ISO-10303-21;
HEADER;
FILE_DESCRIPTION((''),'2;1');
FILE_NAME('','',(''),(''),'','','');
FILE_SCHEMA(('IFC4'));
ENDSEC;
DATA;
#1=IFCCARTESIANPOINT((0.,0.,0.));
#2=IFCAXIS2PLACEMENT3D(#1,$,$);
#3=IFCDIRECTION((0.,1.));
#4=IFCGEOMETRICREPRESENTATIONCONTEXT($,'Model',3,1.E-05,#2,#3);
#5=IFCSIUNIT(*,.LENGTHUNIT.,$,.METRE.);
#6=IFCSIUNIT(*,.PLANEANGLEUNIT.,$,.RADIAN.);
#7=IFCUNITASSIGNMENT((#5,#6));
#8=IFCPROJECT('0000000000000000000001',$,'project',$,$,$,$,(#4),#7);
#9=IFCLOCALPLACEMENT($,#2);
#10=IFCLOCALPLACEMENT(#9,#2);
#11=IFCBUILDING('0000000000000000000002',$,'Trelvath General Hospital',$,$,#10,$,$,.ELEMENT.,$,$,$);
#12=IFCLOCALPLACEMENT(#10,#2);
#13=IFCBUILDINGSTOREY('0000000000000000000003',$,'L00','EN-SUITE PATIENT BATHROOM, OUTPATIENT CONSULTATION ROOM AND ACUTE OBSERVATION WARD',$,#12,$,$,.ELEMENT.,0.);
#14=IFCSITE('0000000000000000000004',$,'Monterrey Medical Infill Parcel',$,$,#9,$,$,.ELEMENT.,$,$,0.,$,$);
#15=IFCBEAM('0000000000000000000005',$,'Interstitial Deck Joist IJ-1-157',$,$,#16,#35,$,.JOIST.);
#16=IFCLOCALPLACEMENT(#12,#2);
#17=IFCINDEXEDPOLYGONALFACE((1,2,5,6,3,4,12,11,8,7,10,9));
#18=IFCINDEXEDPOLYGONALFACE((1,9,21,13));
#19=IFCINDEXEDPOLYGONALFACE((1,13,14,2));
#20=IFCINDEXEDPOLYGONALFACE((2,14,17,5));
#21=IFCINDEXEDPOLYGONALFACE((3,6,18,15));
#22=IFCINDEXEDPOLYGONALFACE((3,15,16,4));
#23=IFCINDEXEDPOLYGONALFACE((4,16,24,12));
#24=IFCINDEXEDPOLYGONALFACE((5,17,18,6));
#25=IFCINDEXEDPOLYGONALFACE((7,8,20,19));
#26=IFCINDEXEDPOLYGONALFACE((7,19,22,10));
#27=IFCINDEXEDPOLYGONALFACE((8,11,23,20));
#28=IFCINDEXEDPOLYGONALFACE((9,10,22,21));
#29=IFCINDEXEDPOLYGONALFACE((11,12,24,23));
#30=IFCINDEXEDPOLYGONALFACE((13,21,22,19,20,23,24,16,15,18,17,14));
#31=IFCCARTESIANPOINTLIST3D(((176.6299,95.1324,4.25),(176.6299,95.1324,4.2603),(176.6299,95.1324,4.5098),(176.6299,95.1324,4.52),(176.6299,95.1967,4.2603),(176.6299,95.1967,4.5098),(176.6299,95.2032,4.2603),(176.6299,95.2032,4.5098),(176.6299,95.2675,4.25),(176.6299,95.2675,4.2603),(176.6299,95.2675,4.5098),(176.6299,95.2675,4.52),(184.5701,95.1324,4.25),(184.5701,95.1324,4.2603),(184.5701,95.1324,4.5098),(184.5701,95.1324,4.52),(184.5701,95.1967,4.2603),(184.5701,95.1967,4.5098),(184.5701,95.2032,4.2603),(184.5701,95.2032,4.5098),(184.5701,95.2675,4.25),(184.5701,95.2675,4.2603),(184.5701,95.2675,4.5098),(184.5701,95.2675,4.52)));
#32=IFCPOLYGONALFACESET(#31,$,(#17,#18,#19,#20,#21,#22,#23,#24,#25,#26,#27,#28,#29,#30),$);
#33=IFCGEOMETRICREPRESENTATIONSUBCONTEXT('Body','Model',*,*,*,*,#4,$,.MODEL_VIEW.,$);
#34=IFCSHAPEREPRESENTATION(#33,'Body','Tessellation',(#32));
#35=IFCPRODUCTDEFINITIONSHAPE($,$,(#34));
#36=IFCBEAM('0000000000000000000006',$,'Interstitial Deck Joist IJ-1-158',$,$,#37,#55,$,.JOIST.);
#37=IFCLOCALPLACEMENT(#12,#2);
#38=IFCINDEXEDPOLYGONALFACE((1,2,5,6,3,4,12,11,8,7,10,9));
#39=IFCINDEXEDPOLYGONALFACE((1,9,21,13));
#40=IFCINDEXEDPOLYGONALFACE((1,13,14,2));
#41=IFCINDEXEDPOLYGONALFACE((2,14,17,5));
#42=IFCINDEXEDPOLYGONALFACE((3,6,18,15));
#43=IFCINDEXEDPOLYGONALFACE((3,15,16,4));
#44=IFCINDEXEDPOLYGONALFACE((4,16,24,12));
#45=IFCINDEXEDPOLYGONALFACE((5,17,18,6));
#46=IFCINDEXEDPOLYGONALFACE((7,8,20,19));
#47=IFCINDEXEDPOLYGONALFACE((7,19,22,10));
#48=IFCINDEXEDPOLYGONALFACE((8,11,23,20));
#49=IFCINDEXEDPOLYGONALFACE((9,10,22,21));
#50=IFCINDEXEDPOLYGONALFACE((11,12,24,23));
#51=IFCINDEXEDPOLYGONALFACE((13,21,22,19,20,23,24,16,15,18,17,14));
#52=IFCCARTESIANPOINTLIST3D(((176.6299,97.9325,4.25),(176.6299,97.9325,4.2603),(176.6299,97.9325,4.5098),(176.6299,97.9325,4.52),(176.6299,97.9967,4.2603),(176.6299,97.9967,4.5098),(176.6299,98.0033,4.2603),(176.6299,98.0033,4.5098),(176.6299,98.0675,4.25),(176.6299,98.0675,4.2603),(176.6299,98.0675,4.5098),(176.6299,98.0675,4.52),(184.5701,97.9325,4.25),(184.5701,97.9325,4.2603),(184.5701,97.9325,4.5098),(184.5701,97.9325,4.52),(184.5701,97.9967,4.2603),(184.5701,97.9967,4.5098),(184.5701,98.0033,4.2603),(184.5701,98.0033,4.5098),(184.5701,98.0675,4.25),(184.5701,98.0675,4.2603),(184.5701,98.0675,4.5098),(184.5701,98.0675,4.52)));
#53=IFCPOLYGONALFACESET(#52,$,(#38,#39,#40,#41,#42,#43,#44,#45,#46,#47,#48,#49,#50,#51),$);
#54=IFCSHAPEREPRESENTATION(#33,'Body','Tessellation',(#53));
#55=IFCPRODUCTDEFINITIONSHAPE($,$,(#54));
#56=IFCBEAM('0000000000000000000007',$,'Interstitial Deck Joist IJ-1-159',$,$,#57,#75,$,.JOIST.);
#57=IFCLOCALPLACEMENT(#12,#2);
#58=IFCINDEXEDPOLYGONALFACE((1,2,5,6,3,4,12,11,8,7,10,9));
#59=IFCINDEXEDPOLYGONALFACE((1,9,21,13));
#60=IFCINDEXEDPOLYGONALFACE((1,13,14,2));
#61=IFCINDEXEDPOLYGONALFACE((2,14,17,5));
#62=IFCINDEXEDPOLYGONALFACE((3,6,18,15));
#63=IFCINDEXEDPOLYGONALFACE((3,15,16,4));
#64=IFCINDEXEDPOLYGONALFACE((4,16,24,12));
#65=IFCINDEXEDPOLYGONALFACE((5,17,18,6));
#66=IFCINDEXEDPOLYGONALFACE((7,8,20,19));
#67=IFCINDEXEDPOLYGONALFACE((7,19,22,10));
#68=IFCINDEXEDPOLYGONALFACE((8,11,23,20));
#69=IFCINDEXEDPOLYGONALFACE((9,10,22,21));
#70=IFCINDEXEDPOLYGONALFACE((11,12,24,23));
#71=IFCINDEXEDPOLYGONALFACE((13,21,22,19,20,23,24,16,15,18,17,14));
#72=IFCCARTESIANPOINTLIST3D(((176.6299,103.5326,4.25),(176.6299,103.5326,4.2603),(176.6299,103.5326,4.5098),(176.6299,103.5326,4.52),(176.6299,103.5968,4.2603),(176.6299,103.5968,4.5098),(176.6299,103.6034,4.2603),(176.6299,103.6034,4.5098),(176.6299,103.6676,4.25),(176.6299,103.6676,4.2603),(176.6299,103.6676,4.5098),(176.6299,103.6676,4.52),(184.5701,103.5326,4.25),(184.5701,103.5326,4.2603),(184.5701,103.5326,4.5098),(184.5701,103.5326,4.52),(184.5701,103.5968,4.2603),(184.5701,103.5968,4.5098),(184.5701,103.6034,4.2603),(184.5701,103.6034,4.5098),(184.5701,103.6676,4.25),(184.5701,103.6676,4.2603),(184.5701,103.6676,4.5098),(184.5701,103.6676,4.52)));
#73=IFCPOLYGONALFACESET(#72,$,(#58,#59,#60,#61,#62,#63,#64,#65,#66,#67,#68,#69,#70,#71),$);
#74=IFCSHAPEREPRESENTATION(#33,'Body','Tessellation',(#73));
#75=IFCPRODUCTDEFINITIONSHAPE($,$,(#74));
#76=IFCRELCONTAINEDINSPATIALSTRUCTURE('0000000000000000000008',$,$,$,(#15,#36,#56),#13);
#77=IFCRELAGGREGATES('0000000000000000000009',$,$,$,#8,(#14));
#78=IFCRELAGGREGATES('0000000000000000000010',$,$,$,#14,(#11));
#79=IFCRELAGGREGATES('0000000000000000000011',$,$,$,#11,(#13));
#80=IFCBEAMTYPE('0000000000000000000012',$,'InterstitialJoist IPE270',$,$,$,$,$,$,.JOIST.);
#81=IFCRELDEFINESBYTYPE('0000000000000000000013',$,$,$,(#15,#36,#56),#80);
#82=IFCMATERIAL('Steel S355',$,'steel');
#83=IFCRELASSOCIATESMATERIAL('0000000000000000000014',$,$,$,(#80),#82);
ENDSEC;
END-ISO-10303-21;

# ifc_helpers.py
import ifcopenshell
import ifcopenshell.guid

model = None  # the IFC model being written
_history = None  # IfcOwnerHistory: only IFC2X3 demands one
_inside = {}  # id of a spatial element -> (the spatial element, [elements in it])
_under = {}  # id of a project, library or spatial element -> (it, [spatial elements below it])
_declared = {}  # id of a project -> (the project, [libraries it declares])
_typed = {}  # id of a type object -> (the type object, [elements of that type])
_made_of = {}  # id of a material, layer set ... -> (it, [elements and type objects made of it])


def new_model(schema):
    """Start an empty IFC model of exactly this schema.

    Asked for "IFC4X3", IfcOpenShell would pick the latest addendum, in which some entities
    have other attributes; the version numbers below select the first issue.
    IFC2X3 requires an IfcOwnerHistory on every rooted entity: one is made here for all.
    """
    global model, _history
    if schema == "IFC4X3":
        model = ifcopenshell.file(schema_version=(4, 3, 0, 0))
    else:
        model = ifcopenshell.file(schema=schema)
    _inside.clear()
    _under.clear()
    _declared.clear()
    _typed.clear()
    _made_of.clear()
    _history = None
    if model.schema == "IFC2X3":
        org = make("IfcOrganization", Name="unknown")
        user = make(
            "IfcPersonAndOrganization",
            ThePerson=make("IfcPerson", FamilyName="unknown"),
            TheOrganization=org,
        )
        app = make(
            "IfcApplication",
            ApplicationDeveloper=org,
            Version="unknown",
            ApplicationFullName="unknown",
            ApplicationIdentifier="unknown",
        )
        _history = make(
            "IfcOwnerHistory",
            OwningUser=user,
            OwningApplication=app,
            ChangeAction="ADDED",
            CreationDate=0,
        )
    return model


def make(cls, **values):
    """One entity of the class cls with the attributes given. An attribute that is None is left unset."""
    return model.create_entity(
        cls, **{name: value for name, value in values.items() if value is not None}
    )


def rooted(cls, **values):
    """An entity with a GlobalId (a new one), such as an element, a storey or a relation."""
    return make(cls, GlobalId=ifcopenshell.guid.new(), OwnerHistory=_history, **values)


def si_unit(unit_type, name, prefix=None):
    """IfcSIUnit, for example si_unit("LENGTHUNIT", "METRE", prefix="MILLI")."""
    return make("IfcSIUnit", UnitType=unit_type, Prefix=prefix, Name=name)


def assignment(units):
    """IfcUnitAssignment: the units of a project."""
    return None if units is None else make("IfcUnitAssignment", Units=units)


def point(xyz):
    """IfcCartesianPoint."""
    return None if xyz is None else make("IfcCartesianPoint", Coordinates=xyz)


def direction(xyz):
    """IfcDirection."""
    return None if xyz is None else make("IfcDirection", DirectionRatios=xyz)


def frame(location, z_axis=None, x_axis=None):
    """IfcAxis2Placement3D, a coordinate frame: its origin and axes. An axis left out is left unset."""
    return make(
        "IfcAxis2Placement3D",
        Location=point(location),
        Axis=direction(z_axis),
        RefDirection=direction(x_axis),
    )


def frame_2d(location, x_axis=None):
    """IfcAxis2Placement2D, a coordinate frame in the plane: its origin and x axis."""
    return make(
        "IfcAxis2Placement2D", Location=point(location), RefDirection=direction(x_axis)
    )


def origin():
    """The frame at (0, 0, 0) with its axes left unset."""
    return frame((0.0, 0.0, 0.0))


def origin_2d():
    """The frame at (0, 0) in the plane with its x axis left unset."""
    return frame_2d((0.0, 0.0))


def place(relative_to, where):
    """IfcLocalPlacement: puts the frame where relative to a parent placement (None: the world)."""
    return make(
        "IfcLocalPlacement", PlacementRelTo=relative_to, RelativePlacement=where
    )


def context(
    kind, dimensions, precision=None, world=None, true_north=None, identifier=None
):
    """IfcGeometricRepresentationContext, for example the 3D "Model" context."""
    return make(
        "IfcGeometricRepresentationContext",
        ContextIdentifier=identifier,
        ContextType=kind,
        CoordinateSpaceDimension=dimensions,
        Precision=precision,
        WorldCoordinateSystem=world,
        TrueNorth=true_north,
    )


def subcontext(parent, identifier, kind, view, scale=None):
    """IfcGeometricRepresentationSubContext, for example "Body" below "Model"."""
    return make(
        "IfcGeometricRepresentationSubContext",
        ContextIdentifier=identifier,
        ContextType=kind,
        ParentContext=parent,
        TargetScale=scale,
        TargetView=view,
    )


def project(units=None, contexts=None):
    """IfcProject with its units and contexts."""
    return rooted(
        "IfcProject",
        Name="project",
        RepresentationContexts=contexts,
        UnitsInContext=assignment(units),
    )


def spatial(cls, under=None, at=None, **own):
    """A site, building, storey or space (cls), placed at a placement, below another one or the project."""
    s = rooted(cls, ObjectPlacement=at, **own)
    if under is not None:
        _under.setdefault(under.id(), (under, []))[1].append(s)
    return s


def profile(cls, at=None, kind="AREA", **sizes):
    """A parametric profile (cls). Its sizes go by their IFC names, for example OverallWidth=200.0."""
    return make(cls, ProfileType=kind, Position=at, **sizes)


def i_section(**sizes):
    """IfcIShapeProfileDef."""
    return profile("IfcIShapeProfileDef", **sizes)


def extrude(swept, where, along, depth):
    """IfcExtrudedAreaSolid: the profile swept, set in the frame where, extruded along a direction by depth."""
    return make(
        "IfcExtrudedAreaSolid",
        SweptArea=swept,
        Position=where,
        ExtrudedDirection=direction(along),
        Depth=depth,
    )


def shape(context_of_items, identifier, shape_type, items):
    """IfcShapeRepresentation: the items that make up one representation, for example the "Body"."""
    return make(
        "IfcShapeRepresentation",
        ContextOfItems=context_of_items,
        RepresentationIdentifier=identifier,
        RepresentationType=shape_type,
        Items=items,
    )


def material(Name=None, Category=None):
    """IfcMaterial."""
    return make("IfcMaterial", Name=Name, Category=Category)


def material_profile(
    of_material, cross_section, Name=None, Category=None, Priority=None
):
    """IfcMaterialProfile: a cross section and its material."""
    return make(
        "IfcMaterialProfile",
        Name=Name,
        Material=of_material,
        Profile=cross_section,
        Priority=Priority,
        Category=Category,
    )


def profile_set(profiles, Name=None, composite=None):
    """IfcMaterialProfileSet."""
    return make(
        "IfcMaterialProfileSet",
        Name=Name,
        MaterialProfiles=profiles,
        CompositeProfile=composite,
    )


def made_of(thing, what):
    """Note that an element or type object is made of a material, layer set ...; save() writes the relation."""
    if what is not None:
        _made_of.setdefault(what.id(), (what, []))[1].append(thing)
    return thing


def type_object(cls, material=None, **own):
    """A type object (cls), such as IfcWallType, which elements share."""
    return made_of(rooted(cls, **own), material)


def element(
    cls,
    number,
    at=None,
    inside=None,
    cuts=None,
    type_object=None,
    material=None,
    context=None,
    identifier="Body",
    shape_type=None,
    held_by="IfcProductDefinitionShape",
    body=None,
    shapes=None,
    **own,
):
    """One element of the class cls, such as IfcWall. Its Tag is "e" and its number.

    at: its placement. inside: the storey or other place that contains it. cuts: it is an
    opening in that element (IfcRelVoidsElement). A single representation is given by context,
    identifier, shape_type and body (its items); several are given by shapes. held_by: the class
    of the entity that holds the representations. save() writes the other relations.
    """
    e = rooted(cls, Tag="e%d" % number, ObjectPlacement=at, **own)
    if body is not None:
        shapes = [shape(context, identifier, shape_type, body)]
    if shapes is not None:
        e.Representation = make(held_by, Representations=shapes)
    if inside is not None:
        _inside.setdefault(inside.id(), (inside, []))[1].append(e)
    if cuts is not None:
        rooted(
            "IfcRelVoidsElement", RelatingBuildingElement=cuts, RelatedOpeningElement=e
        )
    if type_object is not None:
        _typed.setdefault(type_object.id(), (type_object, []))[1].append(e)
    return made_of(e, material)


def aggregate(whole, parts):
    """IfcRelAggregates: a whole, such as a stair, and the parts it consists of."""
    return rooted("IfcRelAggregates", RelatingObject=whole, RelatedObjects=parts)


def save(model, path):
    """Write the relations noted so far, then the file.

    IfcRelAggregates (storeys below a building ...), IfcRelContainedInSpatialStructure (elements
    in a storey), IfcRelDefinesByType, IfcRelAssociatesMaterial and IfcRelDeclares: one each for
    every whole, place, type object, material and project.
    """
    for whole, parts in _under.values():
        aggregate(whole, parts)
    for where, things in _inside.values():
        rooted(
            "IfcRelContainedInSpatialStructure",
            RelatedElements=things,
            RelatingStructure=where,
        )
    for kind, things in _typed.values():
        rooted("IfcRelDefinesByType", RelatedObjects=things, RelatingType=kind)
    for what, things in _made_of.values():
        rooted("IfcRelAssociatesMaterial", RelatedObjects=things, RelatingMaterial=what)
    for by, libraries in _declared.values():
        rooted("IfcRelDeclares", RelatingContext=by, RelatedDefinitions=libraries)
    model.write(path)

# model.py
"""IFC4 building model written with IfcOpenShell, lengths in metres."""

from ifc_helpers import new_model, si_unit, direction, frame, origin, origin_2d, place, context, subcontext, project, spatial, i_section, extrude, material, material_profile, profile_set, type_object, element, save


model = new_model("IFC4")

# Units and contexts
model_context = context("Model", 3, precision=1e-05, world=origin(), true_north=direction((0.0, 1.0)))
body_context = subcontext(model_context, "Body", "Model", "MODEL_VIEW")
ifc_project = project(units=[si_unit("LENGTHUNIT", "METRE"), si_unit("PLANEANGLEUNIT", "RADIAN")], contexts=[model_context])

# Site, building, storey
site_placement = place(None, origin())
site = spatial("IfcSite", under=ifc_project, at=site_placement, Name="Monterrey Medical Infill Parcel", CompositionType="ELEMENT", RefElevation=0.0)
building_placement = place(site_placement, origin())
building = spatial("IfcBuilding", under=site, at=building_placement, Name="Trelvath General Hospital", CompositionType="ELEMENT")
storey_placement = place(building_placement, origin())
storey = spatial("IfcBuildingStorey", under=building, at=storey_placement, Name="L00", Description="EN-SUITE PATIENT BATHROOM, OUTPATIENT CONSULTATION ROOM AND ACUTE OBSERVATION WARD", CompositionType="ELEMENT", Elevation=0.0)

# Beams
ifc_material_1 = material(Name="Steel S355", Category="steel")
ifc_material_profile_1 = material_profile(ifc_material_1, i_section(OverallWidth=0.135, OverallDepth=0.27, WebThickness=0.0066, FlangeThickness=0.0103, at=origin_2d()), Name="IPE270")
ifc_profile_set_1 = profile_set([ifc_material_profile_1], Name="Steel S355")
beam_type_1 = type_object("IfcBeamType", Name="InterstitialJoist IPE270", PredefinedType="JOIST", material=ifc_profile_set_1)
for number, where, z_axis, x_axis, name in (
    (1, (176.6299, 95.2, 4.385), (1.0, 0.0, 0.0), (0.0, 1.0, 0.0), "Interstitial Deck Joist IJ-1-157"),
    (2, (176.6299, 98.0, 4.385), (1.0, 0.0, 0.0), (0.0, 1.0, 0.0), "Interstitial Deck Joist IJ-1-158"),
    (3, (176.6299, 103.6001, 4.385), (1.0, 0.0, 0.0), (0.0, 1.0, 0.0), "Interstitial Deck Joist IJ-1-159"),
):
    element("IfcBeam", number, at=place(storey_placement, frame(where, z_axis=z_axis, x_axis=x_axis)), inside=storey, type_object=beam_type_1, Name=name, PredefinedType="JOIST", context=body_context, shape_type="SweptSolid", body=[
        extrude(i_section(OverallWidth=0.135, OverallDepth=0.27, WebThickness=0.0066, FlangeThickness=0.0103, at=origin_2d()), origin(), (0.0, 0.0, 1.0), 7.9402),
    ])

save(model, "model.ifc")
